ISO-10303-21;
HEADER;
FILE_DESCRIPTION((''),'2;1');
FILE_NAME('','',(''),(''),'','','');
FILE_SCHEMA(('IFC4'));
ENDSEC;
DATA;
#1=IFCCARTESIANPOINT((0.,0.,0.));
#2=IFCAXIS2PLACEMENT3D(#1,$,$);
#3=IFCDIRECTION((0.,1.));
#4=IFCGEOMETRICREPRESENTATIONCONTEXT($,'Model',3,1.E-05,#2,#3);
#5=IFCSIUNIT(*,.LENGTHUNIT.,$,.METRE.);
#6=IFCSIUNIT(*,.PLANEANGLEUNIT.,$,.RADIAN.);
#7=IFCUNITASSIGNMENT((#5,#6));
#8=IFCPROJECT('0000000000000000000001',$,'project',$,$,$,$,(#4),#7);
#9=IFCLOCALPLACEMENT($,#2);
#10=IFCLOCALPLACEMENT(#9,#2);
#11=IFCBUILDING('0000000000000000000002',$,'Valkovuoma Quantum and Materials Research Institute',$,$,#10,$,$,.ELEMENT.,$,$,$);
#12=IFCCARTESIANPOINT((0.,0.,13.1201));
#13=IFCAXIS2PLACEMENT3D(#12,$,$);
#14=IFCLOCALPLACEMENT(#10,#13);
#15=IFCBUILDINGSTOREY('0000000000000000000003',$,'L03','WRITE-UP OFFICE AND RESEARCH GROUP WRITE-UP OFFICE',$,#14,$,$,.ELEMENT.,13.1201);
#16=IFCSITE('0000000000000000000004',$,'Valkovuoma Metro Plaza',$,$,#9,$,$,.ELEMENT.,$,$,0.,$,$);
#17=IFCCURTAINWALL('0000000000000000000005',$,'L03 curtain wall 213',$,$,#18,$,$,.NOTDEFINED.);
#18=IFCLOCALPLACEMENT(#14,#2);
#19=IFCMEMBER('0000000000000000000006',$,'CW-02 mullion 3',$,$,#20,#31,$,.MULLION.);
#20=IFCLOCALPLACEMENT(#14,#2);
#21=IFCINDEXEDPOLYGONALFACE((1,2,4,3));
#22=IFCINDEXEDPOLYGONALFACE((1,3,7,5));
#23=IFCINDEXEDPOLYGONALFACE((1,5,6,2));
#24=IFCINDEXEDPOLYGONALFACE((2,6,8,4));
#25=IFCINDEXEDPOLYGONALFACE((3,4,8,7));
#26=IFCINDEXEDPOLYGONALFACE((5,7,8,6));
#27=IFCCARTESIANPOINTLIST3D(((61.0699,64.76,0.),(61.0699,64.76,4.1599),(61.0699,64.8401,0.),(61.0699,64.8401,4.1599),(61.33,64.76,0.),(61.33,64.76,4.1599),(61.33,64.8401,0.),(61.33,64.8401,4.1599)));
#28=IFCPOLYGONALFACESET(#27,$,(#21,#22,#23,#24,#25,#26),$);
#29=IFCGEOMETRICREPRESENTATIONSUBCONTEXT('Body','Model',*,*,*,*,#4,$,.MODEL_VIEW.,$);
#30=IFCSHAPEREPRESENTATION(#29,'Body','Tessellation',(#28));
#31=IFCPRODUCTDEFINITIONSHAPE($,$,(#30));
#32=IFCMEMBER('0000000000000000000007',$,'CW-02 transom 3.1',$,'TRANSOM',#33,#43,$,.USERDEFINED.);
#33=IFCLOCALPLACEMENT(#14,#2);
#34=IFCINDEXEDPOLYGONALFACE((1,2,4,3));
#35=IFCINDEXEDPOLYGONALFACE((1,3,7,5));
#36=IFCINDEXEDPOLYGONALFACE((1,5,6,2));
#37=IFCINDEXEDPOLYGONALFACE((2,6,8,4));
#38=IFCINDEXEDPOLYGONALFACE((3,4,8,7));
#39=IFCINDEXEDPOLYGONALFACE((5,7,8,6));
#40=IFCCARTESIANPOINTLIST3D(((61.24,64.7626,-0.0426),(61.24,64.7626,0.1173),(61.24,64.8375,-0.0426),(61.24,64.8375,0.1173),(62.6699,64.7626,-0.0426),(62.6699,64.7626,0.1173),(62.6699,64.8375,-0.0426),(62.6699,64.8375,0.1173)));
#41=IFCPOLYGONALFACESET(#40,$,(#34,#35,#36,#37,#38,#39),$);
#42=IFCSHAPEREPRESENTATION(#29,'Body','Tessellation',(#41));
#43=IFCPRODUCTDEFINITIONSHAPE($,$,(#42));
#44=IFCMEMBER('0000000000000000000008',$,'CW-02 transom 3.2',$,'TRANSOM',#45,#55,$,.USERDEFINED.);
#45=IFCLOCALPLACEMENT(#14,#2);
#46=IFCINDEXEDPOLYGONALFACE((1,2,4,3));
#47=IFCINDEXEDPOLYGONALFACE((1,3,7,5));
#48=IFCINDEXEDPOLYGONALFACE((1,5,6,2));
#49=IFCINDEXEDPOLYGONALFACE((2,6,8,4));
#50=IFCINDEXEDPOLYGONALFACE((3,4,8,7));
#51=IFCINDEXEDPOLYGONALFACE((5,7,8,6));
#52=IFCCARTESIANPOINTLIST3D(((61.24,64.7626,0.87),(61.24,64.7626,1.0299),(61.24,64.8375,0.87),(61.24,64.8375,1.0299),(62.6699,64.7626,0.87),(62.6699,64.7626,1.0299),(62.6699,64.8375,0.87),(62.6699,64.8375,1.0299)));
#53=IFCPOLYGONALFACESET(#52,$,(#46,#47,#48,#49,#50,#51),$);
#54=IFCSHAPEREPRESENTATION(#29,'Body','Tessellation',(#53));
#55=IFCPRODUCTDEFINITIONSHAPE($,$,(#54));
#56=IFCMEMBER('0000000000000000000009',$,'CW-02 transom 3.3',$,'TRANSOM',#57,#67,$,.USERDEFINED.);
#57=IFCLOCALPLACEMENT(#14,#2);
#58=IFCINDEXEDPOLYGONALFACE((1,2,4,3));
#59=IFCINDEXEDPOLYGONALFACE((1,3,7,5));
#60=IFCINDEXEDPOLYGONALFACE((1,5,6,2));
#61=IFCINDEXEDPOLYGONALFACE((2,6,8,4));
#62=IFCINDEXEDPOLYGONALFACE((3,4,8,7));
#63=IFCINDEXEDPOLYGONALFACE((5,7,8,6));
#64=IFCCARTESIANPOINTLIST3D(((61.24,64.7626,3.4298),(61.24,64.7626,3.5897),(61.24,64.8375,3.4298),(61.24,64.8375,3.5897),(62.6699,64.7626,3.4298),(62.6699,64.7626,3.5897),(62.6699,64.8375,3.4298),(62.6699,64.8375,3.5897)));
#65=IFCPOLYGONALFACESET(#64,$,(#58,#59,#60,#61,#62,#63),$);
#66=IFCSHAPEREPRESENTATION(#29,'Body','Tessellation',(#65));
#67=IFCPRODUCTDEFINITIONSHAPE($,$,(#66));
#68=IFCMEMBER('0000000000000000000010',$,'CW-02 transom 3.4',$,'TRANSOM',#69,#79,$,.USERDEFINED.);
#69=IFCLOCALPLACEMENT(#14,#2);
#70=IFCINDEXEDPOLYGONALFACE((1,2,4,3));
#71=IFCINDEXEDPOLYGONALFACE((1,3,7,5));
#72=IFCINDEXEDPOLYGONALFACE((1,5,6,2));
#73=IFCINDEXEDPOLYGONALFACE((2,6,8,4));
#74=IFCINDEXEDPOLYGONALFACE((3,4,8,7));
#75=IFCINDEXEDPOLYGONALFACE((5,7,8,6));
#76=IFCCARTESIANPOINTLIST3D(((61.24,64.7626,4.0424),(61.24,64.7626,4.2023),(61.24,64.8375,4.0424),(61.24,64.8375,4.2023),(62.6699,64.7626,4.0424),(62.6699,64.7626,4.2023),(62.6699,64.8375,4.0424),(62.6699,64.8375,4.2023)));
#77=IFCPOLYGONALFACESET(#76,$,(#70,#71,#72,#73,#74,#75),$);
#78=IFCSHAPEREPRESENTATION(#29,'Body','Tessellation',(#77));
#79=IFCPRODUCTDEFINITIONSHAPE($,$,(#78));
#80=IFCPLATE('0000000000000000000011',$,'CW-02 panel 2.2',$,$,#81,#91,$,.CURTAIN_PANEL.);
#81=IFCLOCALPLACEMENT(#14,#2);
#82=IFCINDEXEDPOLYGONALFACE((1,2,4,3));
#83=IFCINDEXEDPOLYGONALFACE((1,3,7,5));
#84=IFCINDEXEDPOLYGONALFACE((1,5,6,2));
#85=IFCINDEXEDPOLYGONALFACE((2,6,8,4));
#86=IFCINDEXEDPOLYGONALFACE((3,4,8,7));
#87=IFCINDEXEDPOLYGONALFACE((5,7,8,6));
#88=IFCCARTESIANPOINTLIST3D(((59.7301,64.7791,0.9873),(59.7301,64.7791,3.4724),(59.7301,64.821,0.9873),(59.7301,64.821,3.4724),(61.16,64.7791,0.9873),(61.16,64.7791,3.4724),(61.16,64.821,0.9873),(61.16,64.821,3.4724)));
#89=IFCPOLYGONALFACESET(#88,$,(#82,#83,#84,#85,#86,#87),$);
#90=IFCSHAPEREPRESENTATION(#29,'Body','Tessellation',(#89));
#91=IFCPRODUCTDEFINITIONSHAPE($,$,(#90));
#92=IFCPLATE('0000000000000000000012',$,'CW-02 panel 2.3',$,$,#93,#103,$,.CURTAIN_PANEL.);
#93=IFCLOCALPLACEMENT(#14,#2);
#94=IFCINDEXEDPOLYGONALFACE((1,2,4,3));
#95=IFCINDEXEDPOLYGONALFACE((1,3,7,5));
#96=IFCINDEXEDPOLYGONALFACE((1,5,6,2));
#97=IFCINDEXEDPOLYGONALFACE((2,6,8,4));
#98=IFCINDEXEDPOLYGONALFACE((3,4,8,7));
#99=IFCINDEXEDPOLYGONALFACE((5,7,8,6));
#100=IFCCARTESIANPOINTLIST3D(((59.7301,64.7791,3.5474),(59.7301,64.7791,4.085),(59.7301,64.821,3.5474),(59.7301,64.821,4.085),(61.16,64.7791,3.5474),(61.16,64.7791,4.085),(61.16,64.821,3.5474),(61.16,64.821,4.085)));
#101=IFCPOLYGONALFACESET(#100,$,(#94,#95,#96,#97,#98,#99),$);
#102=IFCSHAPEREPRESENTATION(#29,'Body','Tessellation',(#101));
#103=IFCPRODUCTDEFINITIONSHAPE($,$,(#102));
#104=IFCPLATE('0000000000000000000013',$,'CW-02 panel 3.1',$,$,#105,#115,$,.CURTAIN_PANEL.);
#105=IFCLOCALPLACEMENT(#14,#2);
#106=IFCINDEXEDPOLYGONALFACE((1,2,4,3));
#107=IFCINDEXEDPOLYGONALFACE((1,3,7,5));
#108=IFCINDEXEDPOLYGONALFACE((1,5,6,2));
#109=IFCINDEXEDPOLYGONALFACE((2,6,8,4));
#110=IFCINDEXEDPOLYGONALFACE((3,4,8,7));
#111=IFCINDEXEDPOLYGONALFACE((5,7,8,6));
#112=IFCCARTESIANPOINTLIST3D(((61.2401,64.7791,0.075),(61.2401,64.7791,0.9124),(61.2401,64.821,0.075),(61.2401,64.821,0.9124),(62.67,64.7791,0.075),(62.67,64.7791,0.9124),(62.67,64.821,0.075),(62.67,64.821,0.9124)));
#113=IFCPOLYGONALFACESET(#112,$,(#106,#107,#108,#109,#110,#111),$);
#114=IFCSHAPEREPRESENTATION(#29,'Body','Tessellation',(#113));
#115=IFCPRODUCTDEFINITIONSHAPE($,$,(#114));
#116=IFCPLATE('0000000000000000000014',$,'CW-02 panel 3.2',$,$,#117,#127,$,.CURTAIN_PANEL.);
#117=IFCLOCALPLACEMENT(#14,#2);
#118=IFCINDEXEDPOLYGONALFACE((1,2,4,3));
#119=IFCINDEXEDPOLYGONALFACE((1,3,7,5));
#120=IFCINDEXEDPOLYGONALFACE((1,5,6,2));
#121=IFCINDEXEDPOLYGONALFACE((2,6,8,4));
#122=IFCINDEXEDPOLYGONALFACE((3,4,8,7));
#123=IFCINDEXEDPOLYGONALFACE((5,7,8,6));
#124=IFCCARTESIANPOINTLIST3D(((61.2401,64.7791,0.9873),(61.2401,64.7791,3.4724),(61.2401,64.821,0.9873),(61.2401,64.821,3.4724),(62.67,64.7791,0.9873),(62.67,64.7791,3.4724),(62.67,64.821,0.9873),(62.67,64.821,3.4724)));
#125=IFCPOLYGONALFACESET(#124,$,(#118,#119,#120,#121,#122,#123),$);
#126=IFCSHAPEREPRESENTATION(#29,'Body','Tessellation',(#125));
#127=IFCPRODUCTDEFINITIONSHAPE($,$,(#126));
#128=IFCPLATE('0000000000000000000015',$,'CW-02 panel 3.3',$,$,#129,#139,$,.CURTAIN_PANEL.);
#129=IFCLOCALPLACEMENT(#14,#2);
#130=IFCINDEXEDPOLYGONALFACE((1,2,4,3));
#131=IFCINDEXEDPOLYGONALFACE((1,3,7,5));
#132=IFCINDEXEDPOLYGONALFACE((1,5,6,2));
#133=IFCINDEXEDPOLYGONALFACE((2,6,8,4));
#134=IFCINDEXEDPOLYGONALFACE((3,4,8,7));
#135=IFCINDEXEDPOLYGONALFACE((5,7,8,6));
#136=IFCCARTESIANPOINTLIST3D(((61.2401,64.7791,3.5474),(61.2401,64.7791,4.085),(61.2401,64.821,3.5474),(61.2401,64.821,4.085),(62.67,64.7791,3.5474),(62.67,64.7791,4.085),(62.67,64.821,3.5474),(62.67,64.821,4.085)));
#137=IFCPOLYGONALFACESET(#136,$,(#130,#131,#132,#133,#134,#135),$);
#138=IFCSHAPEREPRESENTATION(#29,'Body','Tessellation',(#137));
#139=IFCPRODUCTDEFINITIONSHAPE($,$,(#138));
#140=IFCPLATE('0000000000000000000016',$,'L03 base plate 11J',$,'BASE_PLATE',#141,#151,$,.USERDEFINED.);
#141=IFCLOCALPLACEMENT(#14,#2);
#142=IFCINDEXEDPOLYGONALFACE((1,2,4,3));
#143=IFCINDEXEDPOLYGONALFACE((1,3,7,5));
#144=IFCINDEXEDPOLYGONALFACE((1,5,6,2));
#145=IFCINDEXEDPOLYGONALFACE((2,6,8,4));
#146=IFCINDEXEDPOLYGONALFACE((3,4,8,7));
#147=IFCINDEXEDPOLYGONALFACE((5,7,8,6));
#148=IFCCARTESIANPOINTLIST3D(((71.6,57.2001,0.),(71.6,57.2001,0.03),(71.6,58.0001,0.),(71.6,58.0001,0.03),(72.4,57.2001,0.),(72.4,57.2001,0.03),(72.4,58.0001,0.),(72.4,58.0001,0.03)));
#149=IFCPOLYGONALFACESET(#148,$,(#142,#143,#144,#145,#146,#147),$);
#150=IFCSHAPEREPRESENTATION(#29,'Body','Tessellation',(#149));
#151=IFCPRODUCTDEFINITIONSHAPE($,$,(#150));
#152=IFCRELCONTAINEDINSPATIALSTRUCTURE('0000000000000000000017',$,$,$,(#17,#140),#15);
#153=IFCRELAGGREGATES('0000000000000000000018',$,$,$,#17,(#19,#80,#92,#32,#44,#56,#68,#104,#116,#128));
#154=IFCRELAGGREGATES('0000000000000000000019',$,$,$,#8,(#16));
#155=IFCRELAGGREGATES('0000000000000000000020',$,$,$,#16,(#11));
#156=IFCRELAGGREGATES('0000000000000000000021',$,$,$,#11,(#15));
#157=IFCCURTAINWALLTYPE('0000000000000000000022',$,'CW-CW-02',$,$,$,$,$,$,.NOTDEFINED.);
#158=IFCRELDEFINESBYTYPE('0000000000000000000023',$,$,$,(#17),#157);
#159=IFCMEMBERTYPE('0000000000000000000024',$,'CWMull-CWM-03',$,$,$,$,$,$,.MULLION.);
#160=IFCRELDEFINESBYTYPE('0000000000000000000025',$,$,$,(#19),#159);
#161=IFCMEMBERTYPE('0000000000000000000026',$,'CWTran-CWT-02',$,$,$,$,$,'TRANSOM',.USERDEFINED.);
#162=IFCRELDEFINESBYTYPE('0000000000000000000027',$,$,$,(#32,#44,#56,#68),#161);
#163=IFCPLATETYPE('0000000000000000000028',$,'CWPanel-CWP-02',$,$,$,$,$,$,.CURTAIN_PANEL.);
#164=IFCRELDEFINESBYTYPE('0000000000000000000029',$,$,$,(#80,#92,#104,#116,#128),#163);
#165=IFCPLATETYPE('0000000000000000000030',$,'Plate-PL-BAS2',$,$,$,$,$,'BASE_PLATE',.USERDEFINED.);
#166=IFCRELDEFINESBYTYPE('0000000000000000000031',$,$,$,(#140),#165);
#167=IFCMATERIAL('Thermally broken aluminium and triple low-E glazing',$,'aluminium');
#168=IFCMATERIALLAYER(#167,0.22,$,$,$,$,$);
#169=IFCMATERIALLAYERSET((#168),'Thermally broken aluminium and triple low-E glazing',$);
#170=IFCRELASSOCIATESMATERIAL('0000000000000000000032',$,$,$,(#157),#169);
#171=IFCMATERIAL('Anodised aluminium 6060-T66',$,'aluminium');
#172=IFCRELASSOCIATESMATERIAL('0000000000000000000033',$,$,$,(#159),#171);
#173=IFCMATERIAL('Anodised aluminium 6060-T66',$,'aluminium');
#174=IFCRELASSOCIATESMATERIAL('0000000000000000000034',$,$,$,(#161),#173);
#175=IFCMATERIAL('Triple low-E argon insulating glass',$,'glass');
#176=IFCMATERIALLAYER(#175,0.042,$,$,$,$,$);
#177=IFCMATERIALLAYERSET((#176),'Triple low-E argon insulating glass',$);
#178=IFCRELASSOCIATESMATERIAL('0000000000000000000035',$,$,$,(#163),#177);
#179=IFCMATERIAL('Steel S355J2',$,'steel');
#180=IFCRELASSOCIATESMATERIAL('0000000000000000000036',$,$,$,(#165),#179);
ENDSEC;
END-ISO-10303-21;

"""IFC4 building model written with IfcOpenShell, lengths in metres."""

from ifc_helpers import new_model, si_unit, direction, frame, origin, origin_2d, place, context, subcontext, project, spatial, rectangle, extrude, material, layer, layer_set, material_profile, profile_set, type_object, element, aggregate, save


model = new_model("IFC4")

# Units and contexts
model_context = context("Model", 3, precision=1e-05, world=origin(), true_north=direction((0.0, 1.0)))
body_context = subcontext(model_context, "Body", "Model", "MODEL_VIEW")
ifc_project = project(units=[si_unit("LENGTHUNIT", "METRE"), si_unit("PLANEANGLEUNIT", "RADIAN")], contexts=[model_context])

# Site, building, storey
site_placement = place(None, origin())
site = spatial("IfcSite", under=ifc_project, at=site_placement, Name="Valkovuoma Metro Plaza", CompositionType="ELEMENT", RefElevation=0.0)
building_placement = place(site_placement, origin())
building = spatial("IfcBuilding", under=site, at=building_placement, Name="Valkovuoma Quantum and Materials Research Institute", CompositionType="ELEMENT")
storey_placement = place(building_placement, frame((0.0, 0.0, 13.1201)))
storey = spatial("IfcBuildingStorey", under=building, at=storey_placement, Name="L03", Description="WRITE-UP OFFICE AND RESEARCH GROUP WRITE-UP OFFICE", CompositionType="ELEMENT", Elevation=13.1201)

# Curtain wall, members, plates
ifc_material_1 = material(Name="Thermally broken aluminium and triple low-E glazing", Category="aluminium")
ifc_layer_1 = layer(ifc_material_1, 0.22)
ifc_layer_set_1 = layer_set([ifc_layer_1], Name="Thermally broken aluminium and triple low-E glazing")
curtain_wall_type = type_object("IfcCurtainWallType", Name="CW-CW-02", PredefinedType="NOTDEFINED", material=ifc_layer_set_1)
curtain_wall_placement = place(storey_placement, origin())
curtain_wall = element("IfcCurtainWall", 1, at=curtain_wall_placement, inside=storey, type_object=curtain_wall_type, Name="L03 curtain wall 213", PredefinedType="NOTDEFINED")
ifc_material_2 = material(Name="Anodised aluminium 6060-T66", Category="aluminium")
ifc_material_profile_1 = material_profile(ifc_material_2, rectangle(XDim=0.0801, YDim=0.26, at=origin_2d()), Name="Anodised aluminium 6060-T66")
ifc_profile_set_1 = profile_set([ifc_material_profile_1], Name="Anodised aluminium 6060-T66")
member_type_1 = type_object("IfcMemberType", Name="CWMull-CWM-03", PredefinedType="MULLION", material=ifc_profile_set_1)
member_1_placement = place(storey_placement, frame((61.2, 64.8, 0.0), z_axis=(0.0, 0.0, 1.0), x_axis=(0.0, 1.0, 0.0)))
member_1 = element("IfcMember", 2, at=member_1_placement, type_object=member_type_1, Name="CW-02 mullion 3", PredefinedType="MULLION", context=body_context, shape_type="SweptSolid", body=[
    extrude(rectangle(XDim=0.0801, YDim=0.26, at=origin_2d()), origin(), (0.0, 0.0, 1.0), 4.1599),
])
ifc_material_3 = material(Name="Anodised aluminium 6060-T66", Category="aluminium")
ifc_material_profile_2 = material_profile(ifc_material_3, rectangle(XDim=0.075, YDim=0.1599, at=origin_2d()), Name="Anodised aluminium 6060-T66")
ifc_profile_set_2 = profile_set([ifc_material_profile_2], Name="Anodised aluminium 6060-T66")
member_type_2 = type_object("IfcMemberType", Name="CWTran-CWT-02", ElementType="TRANSOM", PredefinedType="USERDEFINED", material=ifc_profile_set_2)
member_2_placement = place(storey_placement, frame((61.24, 64.8, 0.0374), z_axis=(1.0, 0.0, 0.0), x_axis=(0.0, 1.0, 0.0)))
member_2 = element("IfcMember", 3, at=member_2_placement, type_object=member_type_2, Name="CW-02 transom 3.1", ObjectType="TRANSOM", PredefinedType="USERDEFINED", context=body_context, shape_type="SweptSolid", body=[
    extrude(rectangle(XDim=0.075, YDim=0.1599, at=origin_2d()), origin(), (0.0, 0.0, 1.0), 1.4299),
])
member_3_placement = place(storey_placement, frame((61.24, 64.8, 0.95), z_axis=(1.0, 0.0, 0.0), x_axis=(0.0, 1.0, 0.0)))
member_3 = element("IfcMember", 4, at=member_3_placement, type_object=member_type_2, Name="CW-02 transom 3.2", ObjectType="TRANSOM", PredefinedType="USERDEFINED", context=body_context, shape_type="SweptSolid", body=[
    extrude(rectangle(XDim=0.075, YDim=0.1599, at=origin_2d()), origin(), (0.0, 0.0, 1.0), 1.4299),
])
member_4_placement = place(storey_placement, frame((61.24, 64.8, 3.5098), z_axis=(1.0, 0.0, 0.0), x_axis=(0.0, 1.0, 0.0)))
member_4 = element("IfcMember", 5, at=member_4_placement, type_object=member_type_2, Name="CW-02 transom 3.3", ObjectType="TRANSOM", PredefinedType="USERDEFINED", context=body_context, shape_type="SweptSolid", body=[
    extrude(rectangle(XDim=0.075, YDim=0.1599, at=origin_2d()), origin(), (0.0, 0.0, 1.0), 1.4299),
])
member_5_placement = place(storey_placement, frame((61.24, 64.8, 4.1223), z_axis=(1.0, 0.0, 0.0), x_axis=(0.0, 1.0, 0.0)))
member_5 = element("IfcMember", 6, at=member_5_placement, type_object=member_type_2, Name="CW-02 transom 3.4", ObjectType="TRANSOM", PredefinedType="USERDEFINED", context=body_context, shape_type="SweptSolid", body=[
    extrude(rectangle(XDim=0.075, YDim=0.1599, at=origin_2d()), origin(), (0.0, 0.0, 1.0), 1.4299),
])
ifc_material_4 = material(Name="Triple low-E argon insulating glass", Category="glass")
ifc_layer_2 = layer(ifc_material_4, 0.042)
ifc_layer_set_2 = layer_set([ifc_layer_2], Name="Triple low-E argon insulating glass")
plate_type_1 = type_object("IfcPlateType", Name="CWPanel-CWP-02", PredefinedType="CURTAIN_PANEL", material=ifc_layer_set_2)
plate_1_placement = place(storey_placement, frame((60.4451, 64.8, 0.9873), z_axis=(0.0, 0.0, 1.0), x_axis=(1.0, 0.0, 0.0)))
plate_1 = element("IfcPlate", 7, at=plate_1_placement, type_object=plate_type_1, Name="CW-02 panel 2.2", PredefinedType="CURTAIN_PANEL", context=body_context, shape_type="SweptSolid", body=[
    extrude(rectangle(XDim=1.4299, YDim=0.042, at=origin_2d()), origin(), (0.0, 0.0, 1.0), 2.4851),
])
plate_2_placement = place(storey_placement, frame((60.4451, 64.8, 3.5474), z_axis=(0.0, 0.0, 1.0), x_axis=(1.0, 0.0, 0.0)))
plate_2 = element("IfcPlate", 8, at=plate_2_placement, type_object=plate_type_1, Name="CW-02 panel 2.3", PredefinedType="CURTAIN_PANEL", context=body_context, shape_type="SweptSolid", body=[
    extrude(rectangle(XDim=1.4299, YDim=0.042, at=origin_2d()), origin(), (0.0, 0.0, 1.0), 0.5376),
])
plate_3_placement = place(storey_placement, frame((61.9551, 64.8, 0.075), z_axis=(0.0, 0.0, 1.0), x_axis=(1.0, 0.0, 0.0)))
plate_3 = element("IfcPlate", 9, at=plate_3_placement, type_object=plate_type_1, Name="CW-02 panel 3.1", PredefinedType="CURTAIN_PANEL", context=body_context, shape_type="SweptSolid", body=[
    extrude(rectangle(XDim=1.4299, YDim=0.042, at=origin_2d()), origin(), (0.0, 0.0, 1.0), 0.8374),
])
plate_4_placement = place(storey_placement, frame((61.9551, 64.8, 0.9873), z_axis=(0.0, 0.0, 1.0), x_axis=(1.0, 0.0, 0.0)))
plate_4 = element("IfcPlate", 10, at=plate_4_placement, type_object=plate_type_1, Name="CW-02 panel 3.2", PredefinedType="CURTAIN_PANEL", context=body_context, shape_type="SweptSolid", body=[
    extrude(rectangle(XDim=1.4299, YDim=0.042, at=origin_2d()), origin(), (0.0, 0.0, 1.0), 2.4851),
])
plate_5_placement = place(storey_placement, frame((61.9551, 64.8, 3.5474), z_axis=(0.0, 0.0, 1.0), x_axis=(1.0, 0.0, 0.0)))
plate_5 = element("IfcPlate", 11, at=plate_5_placement, type_object=plate_type_1, Name="CW-02 panel 3.3", PredefinedType="CURTAIN_PANEL", context=body_context, shape_type="SweptSolid", body=[
    extrude(rectangle(XDim=1.4299, YDim=0.042, at=origin_2d()), origin(), (0.0, 0.0, 1.0), 0.5376),
])
aggregate(curtain_wall, [member_1, plate_1, plate_2, member_2, member_3, member_4, member_5, plate_3, plate_4, plate_5])

# Plate
ifc_material_5 = material(Name="Steel S355J2", Category="steel")
plate_type_2 = type_object("IfcPlateType", Name="Plate-PL-BAS2", ElementType="BASE_PLATE", PredefinedType="USERDEFINED", material=ifc_material_5)
plate_6_placement = place(storey_placement, frame((72.0, 57.6001, 0.0), z_axis=(0.0, 0.0, 1.0), x_axis=(1.0, 0.0, 0.0)))
element("IfcPlate", 12, at=plate_6_placement, inside=storey, type_object=plate_type_2, Name="L03 base plate 11J", ObjectType="BASE_PLATE", PredefinedType="USERDEFINED", context=body_context, shape_type="SweptSolid", body=[
    extrude(rectangle(XDim=0.8, YDim=0.8, at=origin_2d()), origin(), (0.0, 0.0, 1.0), 0.03),
])

save(model, "model.ifc")
